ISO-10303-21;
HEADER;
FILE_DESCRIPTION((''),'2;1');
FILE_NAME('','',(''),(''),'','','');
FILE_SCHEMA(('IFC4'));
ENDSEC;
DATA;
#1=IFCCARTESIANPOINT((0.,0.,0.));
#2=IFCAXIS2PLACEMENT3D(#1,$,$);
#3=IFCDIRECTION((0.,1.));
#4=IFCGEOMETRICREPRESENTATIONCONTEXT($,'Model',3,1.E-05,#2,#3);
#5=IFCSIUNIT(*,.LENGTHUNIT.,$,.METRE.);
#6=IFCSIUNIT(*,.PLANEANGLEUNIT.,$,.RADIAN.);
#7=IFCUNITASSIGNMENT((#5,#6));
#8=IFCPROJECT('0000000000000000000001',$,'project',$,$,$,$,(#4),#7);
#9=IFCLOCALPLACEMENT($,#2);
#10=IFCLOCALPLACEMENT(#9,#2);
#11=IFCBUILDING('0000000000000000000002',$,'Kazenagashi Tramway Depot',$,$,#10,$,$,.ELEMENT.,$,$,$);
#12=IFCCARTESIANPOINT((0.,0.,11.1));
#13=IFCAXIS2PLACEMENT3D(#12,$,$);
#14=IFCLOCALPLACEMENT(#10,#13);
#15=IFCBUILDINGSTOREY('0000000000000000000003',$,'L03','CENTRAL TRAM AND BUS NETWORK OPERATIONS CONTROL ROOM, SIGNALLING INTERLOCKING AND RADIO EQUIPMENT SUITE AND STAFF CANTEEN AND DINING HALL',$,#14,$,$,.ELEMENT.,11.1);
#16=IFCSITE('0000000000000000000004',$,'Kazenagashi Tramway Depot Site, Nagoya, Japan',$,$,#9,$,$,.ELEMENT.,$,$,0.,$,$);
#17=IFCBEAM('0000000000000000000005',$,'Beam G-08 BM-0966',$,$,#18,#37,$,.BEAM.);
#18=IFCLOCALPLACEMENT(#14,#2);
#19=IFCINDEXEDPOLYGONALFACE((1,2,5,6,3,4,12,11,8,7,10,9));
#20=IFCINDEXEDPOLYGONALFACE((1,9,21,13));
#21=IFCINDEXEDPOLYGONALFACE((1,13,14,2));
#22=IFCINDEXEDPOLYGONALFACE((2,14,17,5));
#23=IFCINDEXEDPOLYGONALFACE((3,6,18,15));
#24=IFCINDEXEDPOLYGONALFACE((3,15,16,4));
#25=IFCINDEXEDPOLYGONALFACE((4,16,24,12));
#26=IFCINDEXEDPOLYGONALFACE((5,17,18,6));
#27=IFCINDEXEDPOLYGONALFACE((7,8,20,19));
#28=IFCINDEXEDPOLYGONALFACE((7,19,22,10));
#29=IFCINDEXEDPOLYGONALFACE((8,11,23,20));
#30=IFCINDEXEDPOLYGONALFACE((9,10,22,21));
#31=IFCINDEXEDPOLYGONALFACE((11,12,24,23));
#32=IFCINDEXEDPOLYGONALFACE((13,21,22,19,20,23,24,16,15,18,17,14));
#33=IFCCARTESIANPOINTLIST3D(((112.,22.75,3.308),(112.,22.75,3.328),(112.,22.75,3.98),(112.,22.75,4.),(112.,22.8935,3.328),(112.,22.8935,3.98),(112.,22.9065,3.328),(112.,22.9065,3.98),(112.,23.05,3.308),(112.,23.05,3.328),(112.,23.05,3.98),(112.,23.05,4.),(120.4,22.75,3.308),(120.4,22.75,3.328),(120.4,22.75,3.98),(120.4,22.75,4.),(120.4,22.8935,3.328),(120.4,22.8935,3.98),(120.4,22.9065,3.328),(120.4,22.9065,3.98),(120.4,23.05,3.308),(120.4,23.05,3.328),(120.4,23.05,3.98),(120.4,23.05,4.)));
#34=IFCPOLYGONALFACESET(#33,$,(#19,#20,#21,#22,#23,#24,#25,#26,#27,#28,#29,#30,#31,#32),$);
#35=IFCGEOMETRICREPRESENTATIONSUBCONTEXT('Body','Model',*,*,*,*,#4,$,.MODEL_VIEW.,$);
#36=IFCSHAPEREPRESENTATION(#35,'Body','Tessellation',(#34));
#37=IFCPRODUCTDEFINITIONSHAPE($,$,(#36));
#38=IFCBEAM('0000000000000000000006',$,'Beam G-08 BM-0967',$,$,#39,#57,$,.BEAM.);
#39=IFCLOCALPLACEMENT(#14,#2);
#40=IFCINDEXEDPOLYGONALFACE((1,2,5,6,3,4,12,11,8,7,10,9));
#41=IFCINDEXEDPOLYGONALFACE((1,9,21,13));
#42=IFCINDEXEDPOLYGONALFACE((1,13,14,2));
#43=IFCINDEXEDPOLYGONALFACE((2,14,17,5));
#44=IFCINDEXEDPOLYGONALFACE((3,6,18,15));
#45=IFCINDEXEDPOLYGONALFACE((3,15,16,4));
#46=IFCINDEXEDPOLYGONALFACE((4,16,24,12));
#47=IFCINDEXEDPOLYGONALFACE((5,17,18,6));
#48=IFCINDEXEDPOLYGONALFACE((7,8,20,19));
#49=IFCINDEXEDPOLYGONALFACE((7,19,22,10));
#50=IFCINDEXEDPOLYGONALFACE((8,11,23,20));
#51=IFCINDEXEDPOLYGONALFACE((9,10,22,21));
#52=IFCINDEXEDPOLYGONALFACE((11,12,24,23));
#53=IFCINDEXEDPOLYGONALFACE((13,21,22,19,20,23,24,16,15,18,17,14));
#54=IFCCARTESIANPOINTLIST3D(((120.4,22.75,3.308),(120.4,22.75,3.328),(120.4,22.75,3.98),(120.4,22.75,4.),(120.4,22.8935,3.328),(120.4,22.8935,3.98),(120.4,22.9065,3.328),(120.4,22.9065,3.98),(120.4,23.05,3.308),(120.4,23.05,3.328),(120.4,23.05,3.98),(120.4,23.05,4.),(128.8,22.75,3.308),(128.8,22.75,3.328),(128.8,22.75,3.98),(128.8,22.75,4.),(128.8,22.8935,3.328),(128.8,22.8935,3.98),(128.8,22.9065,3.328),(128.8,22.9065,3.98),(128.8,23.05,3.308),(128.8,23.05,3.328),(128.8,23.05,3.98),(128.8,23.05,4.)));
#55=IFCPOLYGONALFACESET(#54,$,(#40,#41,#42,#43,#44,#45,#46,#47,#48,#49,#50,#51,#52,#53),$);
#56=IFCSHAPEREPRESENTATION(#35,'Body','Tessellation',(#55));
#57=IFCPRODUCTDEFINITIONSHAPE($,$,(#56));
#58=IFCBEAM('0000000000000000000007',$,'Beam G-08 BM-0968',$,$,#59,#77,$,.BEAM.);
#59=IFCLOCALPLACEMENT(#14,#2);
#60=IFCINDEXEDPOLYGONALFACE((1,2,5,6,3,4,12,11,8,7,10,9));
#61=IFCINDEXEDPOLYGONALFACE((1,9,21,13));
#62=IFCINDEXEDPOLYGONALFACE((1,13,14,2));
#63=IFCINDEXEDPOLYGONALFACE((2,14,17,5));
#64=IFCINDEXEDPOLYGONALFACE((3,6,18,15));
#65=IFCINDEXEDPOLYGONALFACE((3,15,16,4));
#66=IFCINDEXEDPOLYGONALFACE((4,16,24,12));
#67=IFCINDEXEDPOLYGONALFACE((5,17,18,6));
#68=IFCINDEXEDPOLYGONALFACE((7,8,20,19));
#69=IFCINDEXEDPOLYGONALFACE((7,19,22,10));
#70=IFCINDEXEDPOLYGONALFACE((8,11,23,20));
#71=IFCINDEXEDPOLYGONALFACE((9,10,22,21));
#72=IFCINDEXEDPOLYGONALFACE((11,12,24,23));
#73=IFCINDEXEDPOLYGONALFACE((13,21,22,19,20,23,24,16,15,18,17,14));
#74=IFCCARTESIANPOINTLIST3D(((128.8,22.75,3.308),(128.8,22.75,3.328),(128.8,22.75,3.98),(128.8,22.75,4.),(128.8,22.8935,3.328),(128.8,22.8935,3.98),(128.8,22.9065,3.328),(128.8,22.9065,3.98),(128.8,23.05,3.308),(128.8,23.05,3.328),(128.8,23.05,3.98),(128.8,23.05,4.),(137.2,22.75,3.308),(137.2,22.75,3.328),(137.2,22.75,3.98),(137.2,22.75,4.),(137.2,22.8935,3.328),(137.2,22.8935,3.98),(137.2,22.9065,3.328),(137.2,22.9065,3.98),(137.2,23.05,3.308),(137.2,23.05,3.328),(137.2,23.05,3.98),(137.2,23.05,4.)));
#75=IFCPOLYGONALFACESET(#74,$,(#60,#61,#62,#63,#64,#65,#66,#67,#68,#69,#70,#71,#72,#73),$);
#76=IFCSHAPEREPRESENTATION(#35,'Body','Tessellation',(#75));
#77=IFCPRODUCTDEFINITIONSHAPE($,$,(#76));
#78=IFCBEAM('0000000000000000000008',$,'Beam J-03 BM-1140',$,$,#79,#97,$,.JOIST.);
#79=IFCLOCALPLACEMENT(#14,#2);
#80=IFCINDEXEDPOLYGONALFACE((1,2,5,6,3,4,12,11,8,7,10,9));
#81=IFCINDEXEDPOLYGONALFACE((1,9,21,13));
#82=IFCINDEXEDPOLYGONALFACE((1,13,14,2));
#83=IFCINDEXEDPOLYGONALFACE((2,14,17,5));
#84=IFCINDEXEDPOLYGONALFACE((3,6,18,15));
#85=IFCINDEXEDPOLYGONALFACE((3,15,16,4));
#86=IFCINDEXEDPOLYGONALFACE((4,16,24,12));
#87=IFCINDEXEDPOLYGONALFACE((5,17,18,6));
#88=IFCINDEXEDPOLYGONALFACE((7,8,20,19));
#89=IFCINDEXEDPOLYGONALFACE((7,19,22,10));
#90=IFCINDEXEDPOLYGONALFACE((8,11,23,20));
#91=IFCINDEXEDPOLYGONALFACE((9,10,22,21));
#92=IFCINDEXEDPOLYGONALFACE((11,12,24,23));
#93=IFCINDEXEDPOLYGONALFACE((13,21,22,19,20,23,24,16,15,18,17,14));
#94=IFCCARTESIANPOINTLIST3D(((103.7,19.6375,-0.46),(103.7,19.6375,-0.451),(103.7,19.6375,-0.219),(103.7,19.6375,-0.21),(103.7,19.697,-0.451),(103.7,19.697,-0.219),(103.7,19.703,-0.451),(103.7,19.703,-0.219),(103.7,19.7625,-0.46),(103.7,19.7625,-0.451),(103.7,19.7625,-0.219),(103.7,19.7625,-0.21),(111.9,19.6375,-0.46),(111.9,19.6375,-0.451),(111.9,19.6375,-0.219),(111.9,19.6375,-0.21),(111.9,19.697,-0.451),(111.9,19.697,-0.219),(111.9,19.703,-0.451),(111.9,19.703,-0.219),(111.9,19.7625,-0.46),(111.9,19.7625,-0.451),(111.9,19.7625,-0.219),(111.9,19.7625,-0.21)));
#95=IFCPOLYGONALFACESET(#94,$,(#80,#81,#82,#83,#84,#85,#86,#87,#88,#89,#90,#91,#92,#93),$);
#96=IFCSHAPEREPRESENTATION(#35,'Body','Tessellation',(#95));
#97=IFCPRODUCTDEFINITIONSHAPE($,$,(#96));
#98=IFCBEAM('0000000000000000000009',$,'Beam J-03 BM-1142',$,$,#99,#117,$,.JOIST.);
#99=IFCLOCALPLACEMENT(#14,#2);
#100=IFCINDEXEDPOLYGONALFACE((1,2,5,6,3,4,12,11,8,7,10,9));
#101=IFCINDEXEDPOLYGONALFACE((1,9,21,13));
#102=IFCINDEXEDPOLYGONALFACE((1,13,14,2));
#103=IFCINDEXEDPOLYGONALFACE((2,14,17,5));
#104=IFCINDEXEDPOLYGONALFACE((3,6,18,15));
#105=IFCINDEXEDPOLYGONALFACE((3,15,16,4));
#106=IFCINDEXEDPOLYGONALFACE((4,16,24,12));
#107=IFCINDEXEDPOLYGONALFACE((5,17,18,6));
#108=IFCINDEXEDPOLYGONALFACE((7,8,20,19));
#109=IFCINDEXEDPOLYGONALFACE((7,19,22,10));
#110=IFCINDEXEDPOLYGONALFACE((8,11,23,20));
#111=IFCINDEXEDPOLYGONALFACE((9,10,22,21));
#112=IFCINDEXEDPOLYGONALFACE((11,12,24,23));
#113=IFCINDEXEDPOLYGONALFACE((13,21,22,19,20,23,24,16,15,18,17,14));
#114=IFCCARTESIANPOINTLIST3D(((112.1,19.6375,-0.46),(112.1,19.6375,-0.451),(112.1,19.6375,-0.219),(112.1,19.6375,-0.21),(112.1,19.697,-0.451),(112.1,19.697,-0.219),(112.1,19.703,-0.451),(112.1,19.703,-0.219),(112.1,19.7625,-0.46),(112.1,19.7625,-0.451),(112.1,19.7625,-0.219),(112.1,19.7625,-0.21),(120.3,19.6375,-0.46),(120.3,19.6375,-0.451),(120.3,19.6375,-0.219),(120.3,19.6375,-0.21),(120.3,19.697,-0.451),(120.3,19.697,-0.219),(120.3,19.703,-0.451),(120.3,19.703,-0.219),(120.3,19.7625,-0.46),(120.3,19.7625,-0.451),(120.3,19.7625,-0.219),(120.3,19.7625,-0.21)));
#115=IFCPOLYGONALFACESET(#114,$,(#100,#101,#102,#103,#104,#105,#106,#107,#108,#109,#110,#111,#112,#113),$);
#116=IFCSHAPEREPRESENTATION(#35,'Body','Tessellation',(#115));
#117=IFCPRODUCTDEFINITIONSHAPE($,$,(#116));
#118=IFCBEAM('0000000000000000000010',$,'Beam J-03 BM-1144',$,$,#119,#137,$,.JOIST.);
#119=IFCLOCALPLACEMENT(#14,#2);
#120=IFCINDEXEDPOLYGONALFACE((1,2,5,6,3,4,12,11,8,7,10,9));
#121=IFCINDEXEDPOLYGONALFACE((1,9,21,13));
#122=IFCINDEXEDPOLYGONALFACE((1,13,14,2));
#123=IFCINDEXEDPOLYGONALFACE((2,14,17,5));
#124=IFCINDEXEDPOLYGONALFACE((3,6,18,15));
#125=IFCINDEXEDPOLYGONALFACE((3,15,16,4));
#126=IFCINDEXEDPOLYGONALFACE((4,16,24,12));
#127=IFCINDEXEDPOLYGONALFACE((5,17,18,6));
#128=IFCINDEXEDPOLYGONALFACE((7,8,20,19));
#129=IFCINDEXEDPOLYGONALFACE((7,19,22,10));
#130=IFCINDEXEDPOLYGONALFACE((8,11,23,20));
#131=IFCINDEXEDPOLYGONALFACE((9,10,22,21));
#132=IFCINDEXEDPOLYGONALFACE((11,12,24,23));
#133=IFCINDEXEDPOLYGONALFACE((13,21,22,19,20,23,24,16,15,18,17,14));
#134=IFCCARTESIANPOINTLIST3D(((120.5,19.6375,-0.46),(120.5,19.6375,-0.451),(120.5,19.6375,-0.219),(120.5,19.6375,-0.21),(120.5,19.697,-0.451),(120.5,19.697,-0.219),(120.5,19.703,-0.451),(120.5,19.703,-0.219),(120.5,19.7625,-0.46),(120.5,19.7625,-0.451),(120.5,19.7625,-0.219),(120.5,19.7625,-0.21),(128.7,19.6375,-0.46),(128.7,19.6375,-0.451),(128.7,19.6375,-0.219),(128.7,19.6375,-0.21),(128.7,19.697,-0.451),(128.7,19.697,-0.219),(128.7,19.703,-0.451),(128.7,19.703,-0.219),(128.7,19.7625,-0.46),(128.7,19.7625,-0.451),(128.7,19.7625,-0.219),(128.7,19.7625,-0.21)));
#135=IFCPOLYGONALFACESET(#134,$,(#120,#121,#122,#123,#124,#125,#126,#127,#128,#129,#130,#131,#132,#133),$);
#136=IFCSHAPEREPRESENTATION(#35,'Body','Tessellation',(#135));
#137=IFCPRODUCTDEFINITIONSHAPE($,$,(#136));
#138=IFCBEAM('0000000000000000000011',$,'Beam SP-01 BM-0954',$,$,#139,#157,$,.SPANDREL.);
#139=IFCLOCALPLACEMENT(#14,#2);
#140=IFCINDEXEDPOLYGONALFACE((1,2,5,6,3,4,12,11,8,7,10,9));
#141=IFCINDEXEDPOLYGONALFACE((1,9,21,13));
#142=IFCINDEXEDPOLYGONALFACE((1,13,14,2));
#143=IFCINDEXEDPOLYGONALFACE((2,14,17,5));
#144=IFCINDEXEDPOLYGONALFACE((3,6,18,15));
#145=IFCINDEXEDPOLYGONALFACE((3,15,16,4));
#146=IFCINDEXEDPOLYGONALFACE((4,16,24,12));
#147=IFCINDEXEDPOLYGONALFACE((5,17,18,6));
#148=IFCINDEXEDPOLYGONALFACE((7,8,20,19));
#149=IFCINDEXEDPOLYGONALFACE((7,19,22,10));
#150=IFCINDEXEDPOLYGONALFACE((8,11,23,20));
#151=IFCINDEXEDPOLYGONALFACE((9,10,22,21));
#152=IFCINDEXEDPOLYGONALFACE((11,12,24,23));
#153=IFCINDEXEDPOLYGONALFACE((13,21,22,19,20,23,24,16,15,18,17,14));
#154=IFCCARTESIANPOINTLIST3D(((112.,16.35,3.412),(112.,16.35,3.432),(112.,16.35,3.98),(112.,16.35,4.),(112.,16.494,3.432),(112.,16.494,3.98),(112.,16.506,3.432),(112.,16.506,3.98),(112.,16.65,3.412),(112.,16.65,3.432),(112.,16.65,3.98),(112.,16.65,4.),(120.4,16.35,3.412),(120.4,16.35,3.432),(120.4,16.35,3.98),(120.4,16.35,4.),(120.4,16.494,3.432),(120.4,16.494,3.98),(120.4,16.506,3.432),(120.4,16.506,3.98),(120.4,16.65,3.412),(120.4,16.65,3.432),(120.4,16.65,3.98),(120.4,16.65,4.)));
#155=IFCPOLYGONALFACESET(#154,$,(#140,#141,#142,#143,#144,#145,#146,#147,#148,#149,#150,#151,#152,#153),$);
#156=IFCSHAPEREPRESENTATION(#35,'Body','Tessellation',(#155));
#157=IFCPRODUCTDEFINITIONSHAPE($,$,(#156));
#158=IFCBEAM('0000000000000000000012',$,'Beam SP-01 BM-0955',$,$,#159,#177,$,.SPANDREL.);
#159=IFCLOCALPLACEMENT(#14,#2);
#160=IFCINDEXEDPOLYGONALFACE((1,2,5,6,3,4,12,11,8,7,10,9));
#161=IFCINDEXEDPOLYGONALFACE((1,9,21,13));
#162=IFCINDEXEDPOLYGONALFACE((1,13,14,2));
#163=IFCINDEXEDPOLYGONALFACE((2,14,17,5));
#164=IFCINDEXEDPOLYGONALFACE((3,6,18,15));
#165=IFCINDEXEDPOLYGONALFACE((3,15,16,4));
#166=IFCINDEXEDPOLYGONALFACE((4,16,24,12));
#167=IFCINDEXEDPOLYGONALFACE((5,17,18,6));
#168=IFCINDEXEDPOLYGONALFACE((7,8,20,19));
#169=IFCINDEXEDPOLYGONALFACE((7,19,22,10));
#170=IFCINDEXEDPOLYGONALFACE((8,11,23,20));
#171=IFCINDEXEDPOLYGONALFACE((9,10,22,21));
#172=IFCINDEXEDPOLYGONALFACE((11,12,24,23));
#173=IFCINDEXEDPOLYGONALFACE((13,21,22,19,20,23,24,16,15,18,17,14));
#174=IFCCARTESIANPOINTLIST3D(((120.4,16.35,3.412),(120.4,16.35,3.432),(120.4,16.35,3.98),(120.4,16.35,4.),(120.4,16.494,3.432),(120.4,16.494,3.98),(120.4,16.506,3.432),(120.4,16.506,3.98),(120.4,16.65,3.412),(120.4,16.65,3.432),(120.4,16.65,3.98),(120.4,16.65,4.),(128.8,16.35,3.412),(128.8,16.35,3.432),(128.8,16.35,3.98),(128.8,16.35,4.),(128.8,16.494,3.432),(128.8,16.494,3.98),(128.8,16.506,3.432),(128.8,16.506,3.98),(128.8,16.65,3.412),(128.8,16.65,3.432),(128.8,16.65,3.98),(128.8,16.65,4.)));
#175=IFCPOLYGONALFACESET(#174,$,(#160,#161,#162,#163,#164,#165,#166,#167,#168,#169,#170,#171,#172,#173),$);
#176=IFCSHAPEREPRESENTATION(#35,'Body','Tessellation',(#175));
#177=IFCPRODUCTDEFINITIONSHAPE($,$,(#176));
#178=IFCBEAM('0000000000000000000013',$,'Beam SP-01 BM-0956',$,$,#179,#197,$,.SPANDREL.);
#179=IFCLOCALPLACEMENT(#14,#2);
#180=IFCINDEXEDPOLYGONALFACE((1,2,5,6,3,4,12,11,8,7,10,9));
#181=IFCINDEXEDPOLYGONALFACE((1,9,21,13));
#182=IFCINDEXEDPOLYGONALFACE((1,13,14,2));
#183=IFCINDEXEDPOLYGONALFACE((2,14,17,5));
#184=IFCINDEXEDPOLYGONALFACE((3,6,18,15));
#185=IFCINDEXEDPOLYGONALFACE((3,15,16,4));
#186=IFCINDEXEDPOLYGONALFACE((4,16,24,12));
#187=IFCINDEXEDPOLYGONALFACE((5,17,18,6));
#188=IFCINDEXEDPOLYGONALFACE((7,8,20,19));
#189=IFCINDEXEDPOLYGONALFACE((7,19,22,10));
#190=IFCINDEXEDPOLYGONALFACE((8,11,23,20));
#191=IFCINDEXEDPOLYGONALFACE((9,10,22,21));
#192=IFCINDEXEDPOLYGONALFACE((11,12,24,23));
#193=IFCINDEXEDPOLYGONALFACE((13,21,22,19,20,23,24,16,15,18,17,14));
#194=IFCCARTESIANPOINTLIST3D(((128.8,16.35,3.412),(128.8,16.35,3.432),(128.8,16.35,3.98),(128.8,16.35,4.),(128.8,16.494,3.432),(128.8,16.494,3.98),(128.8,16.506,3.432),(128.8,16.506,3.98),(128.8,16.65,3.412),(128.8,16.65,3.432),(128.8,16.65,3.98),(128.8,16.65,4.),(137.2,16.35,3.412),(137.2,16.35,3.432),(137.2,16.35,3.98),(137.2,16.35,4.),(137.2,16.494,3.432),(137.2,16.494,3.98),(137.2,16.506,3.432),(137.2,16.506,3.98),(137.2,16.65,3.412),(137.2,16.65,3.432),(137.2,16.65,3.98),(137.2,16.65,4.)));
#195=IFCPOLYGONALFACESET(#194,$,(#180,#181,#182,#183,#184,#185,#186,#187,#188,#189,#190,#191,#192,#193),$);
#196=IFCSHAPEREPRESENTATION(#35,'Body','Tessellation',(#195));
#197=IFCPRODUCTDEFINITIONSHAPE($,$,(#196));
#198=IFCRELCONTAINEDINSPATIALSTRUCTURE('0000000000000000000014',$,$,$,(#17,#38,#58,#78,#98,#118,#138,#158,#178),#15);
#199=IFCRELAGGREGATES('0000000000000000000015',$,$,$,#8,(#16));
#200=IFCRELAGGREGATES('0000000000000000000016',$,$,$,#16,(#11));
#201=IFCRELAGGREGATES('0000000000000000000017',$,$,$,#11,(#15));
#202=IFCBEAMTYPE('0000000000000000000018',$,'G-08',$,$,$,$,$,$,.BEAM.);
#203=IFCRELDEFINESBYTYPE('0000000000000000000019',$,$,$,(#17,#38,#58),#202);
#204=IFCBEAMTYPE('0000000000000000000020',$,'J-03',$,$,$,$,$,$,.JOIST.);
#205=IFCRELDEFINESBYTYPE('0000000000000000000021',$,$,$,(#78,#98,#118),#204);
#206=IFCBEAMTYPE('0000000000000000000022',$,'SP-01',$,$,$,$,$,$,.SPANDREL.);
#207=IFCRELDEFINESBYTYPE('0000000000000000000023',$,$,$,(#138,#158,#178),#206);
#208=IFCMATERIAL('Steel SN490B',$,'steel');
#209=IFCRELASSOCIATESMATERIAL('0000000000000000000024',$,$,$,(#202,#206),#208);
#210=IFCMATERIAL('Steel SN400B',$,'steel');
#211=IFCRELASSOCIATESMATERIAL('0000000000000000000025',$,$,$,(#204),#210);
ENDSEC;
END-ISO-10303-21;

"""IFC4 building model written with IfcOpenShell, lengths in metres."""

from ifc_helpers import new_model, si_unit, direction, frame, origin, origin_2d, place, context, subcontext, project, spatial, i_section, extrude, material, material_profile, profile_set, type_object, element, save


model = new_model("IFC4")

# Units and contexts
model_context = context("Model", 3, precision=1e-05, world=origin(), true_north=direction((0.0, 1.0)))
body_context = subcontext(model_context, "Body", "Model", "MODEL_VIEW")
ifc_project = project(units=[si_unit("LENGTHUNIT", "METRE"), si_unit("PLANEANGLEUNIT", "RADIAN")], contexts=[model_context])

# Site, building, storey
site_placement = place(None, origin())
site = spatial("IfcSite", under=ifc_project, at=site_placement, Name="Kazenagashi Tramway Depot Site, Nagoya, Japan", CompositionType="ELEMENT", RefElevation=0.0)
building_placement = place(site_placement, origin())
building = spatial("IfcBuilding", under=site, at=building_placement, Name="Kazenagashi Tramway Depot", CompositionType="ELEMENT")
storey_placement = place(building_placement, frame((0.0, 0.0, 11.1)))
storey = spatial("IfcBuildingStorey", under=building, at=storey_placement, Name="L03", Description="CENTRAL TRAM AND BUS NETWORK OPERATIONS CONTROL ROOM, SIGNALLING INTERLOCKING AND RADIO EQUIPMENT SUITE AND STAFF CANTEEN AND DINING HALL", CompositionType="ELEMENT", Elevation=11.1)

# Shared definitions
ifc_material_1 = material(Name="Steel SN490B", Category="steel")

# Beams
ifc_material_profile_1 = material_profile(ifc_material_1, i_section(OverallWidth=0.3, OverallDepth=0.692, WebThickness=0.013, FlangeThickness=0.02, at=origin_2d()), Name="H-692x300x13x20")
ifc_profile_set_1 = profile_set([ifc_material_profile_1], Name="Steel SN490B")
beam_type_1 = type_object("IfcBeamType", Name="G-08", PredefinedType="BEAM", material=ifc_profile_set_1)
for number, where, z_axis, x_axis, name in (
    (1, (112.0, 22.9, 3.654), (1.0, 0.0, 0.0), (0.0, 1.0, 0.0), "Beam G-08 BM-0966"),
    (2, (120.4, 22.9, 3.654), (1.0, 0.0, 0.0), (0.0, 1.0, 0.0), "Beam G-08 BM-0967"),
    (3, (128.8, 22.9, 3.654), (1.0, 0.0, 0.0), (0.0, 1.0, 0.0), "Beam G-08 BM-0968"),
):
    element("IfcBeam", number, at=place(storey_placement, frame(where, z_axis=z_axis, x_axis=x_axis)), inside=storey, type_object=beam_type_1, Name=name, PredefinedType="BEAM", context=body_context, shape_type="SweptSolid", body=[
        extrude(i_section(OverallWidth=0.3, OverallDepth=0.692, WebThickness=0.013, FlangeThickness=0.02, at=origin_2d()), origin(), (0.0, 0.0, 1.0), 8.4),
    ])
ifc_material_2 = material(Name="Steel SN400B", Category="steel")
ifc_material_profile_2 = material_profile(ifc_material_2, i_section(OverallWidth=0.125, OverallDepth=0.25, WebThickness=0.006, FlangeThickness=0.009, at=origin_2d()), Name="H-250x125x6x9")
ifc_profile_set_2 = profile_set([ifc_material_profile_2], Name="Steel SN400B")
beam_type_2 = type_object("IfcBeamType", Name="J-03", PredefinedType="JOIST", material=ifc_profile_set_2)
for number, where, z_axis, x_axis, name in (
    (4, (103.7, 19.7, -0.335), (1.0, 0.0, 0.0), (0.0, 1.0, 0.0), "Beam J-03 BM-1140"),
    (5, (112.1, 19.7, -0.335), (1.0, 0.0, 0.0), (0.0, 1.0, 0.0), "Beam J-03 BM-1142"),
    (6, (120.5, 19.7, -0.335), (1.0, 0.0, 0.0), (0.0, 1.0, 0.0), "Beam J-03 BM-1144"),
):
    element("IfcBeam", number, at=place(storey_placement, frame(where, z_axis=z_axis, x_axis=x_axis)), inside=storey, type_object=beam_type_2, Name=name, PredefinedType="JOIST", context=body_context, shape_type="SweptSolid", body=[
        extrude(i_section(OverallWidth=0.125, OverallDepth=0.25, WebThickness=0.006, FlangeThickness=0.009, at=origin_2d()), origin(), (0.0, 0.0, 1.0), 8.2),
    ])
ifc_material_profile_3 = material_profile(ifc_material_1, i_section(OverallWidth=0.3, OverallDepth=0.588, WebThickness=0.012, FlangeThickness=0.02, at=origin_2d()), Name="H-588x300x12x20")
ifc_profile_set_3 = profile_set([ifc_material_profile_3], Name="Steel SN490B")
beam_type_3 = type_object("IfcBeamType", Name="SP-01", PredefinedType="SPANDREL", material=ifc_profile_set_3)
for number, where, z_axis, x_axis, name in (
    (7, (112.0, 16.5, 3.706), (1.0, 0.0, 0.0), (0.0, 1.0, 0.0), "Beam SP-01 BM-0954"),
    (8, (120.4, 16.5, 3.706), (1.0, 0.0, 0.0), (0.0, 1.0, 0.0), "Beam SP-01 BM-0955"),
    (9, (128.8, 16.5, 3.706), (1.0, 0.0, 0.0), (0.0, 1.0, 0.0), "Beam SP-01 BM-0956"),
):
    element("IfcBeam", number, at=place(storey_placement, frame(where, z_axis=z_axis, x_axis=x_axis)), inside=storey, type_object=beam_type_3, Name=name, PredefinedType="SPANDREL", context=body_context, shape_type="SweptSolid", body=[
        extrude(i_section(OverallWidth=0.3, OverallDepth=0.588, WebThickness=0.012, FlangeThickness=0.02, at=origin_2d()), origin(), (0.0, 0.0, 1.0), 8.4),
    ])

save(model, "model.ifc")
